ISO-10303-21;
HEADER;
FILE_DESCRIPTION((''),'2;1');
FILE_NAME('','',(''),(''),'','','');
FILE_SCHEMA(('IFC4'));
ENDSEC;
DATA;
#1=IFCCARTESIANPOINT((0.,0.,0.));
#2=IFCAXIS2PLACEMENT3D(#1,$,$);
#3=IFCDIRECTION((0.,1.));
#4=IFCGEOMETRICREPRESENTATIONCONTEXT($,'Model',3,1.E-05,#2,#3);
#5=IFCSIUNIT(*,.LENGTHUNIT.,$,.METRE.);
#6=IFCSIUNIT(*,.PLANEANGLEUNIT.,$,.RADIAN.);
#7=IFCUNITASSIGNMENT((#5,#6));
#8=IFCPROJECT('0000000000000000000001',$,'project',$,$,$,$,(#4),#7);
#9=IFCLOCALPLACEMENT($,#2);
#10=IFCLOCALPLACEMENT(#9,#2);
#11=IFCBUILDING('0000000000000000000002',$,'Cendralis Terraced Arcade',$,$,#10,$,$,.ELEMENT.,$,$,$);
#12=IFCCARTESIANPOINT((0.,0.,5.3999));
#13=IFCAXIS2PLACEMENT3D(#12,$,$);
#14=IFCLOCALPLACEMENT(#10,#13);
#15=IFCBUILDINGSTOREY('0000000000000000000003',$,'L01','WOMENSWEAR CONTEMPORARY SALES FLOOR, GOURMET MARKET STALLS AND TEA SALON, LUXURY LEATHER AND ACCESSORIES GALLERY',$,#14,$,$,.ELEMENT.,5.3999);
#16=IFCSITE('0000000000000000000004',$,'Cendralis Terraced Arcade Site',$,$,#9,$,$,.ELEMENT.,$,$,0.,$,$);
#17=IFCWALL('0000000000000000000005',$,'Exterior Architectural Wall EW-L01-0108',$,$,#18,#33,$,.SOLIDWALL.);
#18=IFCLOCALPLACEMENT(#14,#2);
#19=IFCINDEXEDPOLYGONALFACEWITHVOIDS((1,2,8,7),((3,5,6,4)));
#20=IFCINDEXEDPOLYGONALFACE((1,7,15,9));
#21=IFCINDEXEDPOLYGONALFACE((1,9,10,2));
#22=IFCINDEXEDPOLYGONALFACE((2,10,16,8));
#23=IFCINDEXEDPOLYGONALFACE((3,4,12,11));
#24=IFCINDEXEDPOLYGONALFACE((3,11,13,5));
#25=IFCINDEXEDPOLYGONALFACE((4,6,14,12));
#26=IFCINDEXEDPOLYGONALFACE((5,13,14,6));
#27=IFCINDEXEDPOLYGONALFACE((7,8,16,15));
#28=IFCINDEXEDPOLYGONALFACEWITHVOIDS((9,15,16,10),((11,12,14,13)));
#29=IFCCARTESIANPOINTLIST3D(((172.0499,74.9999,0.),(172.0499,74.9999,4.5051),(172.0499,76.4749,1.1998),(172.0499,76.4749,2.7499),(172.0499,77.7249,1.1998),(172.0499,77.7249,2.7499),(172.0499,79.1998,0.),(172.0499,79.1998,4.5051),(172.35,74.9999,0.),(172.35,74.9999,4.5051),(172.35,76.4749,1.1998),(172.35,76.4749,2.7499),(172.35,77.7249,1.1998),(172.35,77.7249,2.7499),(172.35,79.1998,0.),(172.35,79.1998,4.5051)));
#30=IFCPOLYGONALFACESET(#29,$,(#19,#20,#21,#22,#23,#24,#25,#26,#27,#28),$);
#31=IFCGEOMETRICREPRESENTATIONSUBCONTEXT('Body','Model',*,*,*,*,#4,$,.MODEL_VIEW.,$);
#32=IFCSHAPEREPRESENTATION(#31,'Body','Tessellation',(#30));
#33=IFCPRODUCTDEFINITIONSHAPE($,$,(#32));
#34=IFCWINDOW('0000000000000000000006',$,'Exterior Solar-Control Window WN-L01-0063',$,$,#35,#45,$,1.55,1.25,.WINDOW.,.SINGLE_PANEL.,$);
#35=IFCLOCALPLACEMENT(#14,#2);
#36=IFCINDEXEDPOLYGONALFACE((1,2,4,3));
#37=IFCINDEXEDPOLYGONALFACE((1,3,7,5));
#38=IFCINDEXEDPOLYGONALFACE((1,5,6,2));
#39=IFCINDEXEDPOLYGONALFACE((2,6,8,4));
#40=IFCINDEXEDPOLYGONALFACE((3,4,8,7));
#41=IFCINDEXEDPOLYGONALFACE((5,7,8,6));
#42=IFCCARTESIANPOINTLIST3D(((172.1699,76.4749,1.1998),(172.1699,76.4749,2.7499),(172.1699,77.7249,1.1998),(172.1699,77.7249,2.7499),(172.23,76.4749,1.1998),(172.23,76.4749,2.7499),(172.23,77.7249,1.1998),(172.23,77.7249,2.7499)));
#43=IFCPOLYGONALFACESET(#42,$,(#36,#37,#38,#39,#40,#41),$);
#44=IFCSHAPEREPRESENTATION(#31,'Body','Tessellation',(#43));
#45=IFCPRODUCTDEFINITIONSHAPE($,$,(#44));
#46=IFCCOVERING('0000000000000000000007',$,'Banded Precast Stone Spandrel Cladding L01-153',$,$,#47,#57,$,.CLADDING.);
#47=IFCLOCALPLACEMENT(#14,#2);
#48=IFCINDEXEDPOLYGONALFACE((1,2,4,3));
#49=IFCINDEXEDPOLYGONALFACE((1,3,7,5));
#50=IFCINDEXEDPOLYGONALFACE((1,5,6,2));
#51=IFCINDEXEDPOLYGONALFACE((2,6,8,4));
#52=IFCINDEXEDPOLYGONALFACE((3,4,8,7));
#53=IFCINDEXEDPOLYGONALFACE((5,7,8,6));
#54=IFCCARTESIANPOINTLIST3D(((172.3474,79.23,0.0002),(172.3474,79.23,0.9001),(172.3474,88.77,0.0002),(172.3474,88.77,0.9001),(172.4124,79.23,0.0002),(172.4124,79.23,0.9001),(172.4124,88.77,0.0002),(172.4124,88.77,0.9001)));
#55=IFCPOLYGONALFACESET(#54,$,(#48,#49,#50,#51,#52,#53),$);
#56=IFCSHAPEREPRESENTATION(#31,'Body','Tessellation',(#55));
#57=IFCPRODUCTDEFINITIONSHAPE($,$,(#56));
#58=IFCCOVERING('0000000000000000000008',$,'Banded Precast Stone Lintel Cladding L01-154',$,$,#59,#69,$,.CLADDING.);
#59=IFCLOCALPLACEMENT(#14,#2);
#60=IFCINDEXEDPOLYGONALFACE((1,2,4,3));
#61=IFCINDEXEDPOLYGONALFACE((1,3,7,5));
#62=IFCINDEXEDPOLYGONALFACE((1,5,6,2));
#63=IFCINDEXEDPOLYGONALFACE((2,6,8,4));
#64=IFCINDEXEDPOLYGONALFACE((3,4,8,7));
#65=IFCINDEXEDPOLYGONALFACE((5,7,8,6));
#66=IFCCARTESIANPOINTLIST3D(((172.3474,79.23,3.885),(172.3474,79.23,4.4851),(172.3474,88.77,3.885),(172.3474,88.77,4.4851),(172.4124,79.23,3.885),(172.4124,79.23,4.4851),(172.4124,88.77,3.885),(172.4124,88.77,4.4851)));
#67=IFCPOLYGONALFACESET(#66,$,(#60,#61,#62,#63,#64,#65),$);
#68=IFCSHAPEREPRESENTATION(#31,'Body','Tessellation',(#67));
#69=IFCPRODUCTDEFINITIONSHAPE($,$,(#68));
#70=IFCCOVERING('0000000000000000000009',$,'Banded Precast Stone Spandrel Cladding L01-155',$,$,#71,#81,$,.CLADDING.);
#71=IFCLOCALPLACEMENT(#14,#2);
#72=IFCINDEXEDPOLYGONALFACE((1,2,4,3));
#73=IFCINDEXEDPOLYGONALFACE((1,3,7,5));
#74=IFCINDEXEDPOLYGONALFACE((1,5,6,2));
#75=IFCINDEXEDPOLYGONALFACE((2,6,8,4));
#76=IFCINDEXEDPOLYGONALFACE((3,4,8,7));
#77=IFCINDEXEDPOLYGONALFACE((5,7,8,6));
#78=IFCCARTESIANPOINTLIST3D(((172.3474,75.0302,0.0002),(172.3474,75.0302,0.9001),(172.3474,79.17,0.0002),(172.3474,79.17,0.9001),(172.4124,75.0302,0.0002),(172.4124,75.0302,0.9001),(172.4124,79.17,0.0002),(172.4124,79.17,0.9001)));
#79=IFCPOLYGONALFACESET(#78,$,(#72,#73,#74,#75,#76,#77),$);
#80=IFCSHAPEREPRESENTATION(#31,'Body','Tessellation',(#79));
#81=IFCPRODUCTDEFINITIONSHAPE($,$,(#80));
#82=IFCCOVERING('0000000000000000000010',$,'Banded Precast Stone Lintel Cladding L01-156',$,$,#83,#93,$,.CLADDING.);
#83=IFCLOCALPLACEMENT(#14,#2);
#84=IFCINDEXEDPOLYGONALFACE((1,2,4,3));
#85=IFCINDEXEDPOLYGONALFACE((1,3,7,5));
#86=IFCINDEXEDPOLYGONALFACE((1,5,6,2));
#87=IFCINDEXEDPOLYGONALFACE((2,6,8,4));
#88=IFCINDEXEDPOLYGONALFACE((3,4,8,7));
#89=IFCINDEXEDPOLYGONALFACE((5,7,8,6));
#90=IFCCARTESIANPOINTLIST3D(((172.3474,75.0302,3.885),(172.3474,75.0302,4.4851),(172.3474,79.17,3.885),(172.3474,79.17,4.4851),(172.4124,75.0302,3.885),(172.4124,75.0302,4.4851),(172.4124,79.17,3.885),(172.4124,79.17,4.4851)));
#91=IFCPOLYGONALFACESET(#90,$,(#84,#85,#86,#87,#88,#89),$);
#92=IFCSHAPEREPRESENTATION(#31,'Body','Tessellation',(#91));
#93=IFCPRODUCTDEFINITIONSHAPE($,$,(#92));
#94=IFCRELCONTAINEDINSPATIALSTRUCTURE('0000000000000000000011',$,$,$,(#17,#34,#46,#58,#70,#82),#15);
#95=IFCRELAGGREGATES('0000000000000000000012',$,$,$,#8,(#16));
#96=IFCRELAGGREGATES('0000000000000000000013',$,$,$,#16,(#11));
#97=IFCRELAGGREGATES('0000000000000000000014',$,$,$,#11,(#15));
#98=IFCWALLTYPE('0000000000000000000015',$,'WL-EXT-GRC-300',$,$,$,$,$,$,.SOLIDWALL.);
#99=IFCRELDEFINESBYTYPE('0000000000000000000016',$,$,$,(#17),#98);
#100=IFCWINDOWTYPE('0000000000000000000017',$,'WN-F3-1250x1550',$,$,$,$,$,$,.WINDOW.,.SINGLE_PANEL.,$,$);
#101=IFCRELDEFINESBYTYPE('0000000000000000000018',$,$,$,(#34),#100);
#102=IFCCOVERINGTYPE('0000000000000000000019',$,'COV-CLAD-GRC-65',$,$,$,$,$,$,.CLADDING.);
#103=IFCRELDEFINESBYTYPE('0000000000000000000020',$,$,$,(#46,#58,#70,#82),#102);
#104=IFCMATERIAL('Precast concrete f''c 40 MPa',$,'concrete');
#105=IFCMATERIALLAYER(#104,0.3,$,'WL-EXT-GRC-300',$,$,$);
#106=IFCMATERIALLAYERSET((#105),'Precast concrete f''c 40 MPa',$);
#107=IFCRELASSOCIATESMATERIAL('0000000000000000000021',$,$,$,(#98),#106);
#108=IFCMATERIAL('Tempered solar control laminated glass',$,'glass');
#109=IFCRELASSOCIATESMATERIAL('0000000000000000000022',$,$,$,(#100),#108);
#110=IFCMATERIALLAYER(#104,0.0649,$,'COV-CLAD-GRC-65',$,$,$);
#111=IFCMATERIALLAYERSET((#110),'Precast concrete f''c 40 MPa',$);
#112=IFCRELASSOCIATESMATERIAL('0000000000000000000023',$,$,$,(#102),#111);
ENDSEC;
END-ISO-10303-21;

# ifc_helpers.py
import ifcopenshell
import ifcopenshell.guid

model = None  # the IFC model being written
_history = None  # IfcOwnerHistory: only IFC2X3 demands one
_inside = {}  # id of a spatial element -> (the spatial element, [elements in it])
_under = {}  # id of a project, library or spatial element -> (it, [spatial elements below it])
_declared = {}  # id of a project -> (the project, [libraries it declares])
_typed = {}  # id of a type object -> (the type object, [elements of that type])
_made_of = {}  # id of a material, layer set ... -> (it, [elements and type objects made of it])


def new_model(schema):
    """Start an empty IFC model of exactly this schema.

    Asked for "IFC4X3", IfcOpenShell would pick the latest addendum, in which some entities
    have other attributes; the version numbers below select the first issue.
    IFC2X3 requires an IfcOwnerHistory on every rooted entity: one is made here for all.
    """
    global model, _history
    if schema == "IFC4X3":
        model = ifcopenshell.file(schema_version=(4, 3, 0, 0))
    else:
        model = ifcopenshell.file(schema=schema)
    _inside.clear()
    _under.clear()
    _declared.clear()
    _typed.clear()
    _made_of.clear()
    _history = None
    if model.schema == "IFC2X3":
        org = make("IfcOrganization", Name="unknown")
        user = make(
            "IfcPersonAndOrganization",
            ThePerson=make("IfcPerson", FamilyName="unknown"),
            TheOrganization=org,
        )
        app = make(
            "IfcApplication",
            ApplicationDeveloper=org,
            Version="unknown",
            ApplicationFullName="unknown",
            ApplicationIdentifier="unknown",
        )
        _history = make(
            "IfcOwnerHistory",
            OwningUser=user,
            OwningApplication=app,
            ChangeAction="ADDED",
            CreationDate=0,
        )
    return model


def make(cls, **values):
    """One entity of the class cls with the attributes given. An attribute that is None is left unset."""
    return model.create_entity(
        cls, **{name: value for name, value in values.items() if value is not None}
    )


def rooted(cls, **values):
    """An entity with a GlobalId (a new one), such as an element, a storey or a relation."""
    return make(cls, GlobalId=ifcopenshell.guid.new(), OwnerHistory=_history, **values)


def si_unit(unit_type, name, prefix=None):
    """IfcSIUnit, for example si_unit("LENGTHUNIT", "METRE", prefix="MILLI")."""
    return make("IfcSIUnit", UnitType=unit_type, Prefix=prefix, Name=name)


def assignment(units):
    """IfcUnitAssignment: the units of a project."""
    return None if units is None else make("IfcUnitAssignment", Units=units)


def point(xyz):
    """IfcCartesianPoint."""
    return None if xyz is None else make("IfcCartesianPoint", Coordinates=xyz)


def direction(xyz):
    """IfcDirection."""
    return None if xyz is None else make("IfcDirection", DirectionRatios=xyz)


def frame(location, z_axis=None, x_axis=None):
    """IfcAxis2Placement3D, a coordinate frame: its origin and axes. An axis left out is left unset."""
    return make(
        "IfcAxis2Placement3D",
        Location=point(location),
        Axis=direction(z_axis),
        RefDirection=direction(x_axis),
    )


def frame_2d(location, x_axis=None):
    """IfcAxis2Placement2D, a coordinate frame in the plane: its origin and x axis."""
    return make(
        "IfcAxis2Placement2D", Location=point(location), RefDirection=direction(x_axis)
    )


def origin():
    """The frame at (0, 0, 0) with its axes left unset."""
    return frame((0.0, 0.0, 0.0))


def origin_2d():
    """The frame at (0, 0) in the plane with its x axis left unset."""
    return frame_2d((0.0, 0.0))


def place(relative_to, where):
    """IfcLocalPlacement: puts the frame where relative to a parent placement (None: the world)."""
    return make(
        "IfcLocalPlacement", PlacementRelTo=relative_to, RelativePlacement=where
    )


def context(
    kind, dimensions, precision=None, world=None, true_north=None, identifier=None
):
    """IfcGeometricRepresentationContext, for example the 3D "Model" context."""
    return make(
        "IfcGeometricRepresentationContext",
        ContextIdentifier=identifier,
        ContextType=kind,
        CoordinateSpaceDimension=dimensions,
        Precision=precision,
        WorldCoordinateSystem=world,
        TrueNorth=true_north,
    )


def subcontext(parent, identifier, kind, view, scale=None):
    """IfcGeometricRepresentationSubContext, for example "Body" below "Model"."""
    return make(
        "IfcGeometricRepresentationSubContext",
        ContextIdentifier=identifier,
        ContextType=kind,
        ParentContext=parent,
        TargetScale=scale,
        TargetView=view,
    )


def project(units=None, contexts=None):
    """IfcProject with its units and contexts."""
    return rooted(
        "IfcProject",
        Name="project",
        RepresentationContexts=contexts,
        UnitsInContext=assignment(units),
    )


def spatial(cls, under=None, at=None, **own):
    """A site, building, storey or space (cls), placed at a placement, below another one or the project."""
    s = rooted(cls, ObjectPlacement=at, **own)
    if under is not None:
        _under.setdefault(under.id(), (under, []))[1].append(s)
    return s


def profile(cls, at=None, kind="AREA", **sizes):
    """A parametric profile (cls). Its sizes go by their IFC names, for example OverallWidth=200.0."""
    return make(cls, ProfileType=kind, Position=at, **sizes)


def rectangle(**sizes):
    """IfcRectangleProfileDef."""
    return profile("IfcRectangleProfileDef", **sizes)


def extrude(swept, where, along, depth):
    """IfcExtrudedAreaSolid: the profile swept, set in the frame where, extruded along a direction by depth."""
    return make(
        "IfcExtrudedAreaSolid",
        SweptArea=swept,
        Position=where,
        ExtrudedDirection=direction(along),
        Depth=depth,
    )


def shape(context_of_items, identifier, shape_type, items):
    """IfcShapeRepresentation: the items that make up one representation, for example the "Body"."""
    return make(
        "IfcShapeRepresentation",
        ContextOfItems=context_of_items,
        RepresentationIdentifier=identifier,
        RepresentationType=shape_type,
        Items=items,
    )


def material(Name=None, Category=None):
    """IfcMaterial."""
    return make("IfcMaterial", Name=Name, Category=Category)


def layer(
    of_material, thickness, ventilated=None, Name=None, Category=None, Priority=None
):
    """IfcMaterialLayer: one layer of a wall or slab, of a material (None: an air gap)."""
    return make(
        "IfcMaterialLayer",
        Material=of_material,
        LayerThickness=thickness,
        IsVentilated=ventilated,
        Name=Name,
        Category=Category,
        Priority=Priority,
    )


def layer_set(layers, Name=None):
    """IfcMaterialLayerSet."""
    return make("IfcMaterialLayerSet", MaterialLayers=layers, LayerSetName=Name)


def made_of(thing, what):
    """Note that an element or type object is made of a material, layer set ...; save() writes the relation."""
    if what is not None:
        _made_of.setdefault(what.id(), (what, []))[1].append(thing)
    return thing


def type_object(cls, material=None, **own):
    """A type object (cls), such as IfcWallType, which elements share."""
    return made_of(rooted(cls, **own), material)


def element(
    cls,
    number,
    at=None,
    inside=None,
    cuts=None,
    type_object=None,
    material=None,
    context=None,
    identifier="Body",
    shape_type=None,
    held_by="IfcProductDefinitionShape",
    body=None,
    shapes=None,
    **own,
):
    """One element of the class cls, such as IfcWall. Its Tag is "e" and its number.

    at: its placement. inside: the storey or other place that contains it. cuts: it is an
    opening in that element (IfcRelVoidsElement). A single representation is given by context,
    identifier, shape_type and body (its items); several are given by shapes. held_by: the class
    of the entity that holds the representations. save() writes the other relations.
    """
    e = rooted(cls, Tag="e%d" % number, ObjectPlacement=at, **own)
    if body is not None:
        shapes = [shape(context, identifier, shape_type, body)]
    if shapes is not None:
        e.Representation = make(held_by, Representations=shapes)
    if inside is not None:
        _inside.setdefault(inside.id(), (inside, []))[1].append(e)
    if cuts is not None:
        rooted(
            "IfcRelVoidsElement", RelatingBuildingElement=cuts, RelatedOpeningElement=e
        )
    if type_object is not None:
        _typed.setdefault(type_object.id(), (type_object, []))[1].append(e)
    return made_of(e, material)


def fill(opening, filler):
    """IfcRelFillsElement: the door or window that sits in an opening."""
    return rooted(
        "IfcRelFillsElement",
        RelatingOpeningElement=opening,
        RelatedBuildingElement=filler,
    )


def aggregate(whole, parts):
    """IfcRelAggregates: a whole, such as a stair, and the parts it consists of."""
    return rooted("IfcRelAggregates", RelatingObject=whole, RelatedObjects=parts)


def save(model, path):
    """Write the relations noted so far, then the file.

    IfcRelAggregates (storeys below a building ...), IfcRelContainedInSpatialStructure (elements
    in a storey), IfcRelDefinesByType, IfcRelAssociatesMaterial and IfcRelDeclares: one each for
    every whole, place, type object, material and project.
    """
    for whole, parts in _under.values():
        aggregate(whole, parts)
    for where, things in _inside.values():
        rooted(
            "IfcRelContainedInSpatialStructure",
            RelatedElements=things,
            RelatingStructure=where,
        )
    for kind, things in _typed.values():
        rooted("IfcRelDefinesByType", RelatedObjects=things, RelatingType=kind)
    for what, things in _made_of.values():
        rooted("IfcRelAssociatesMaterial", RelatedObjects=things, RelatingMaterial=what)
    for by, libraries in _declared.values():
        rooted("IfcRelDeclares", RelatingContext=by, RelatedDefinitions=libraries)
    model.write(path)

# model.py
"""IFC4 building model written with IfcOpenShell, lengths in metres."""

from ifc_helpers import new_model, si_unit, direction, frame, frame_2d, origin, origin_2d, place, context, subcontext, project, spatial, rectangle, extrude, material, layer, layer_set, type_object, element, fill, save


model = new_model("IFC4")

# Units and contexts
model_context = context("Model", 3, precision=1e-05, world=origin(), true_north=direction((0.0, 1.0)))
body_context = subcontext(model_context, "Body", "Model", "MODEL_VIEW")
ifc_project = project(units=[si_unit("LENGTHUNIT", "METRE"), si_unit("PLANEANGLEUNIT", "RADIAN")], contexts=[model_context])

# Site, building, storey
site_placement = place(None, origin())
site = spatial("IfcSite", under=ifc_project, at=site_placement, Name="Cendralis Terraced Arcade Site", CompositionType="ELEMENT", RefElevation=0.0)
building_placement = place(site_placement, origin())
building = spatial("IfcBuilding", under=site, at=building_placement, Name="Cendralis Terraced Arcade", CompositionType="ELEMENT")
storey_placement = place(building_placement, frame((0.0, 0.0, 5.3999)))
storey = spatial("IfcBuildingStorey", under=building, at=storey_placement, Name="L01", Description="WOMENSWEAR CONTEMPORARY SALES FLOOR, GOURMET MARKET STALLS AND TEA SALON, LUXURY LEATHER AND ACCESSORIES GALLERY", CompositionType="ELEMENT", Elevation=5.3999)

# Shared definitions
ifc_material_1 = material(Name="Tempered solar control laminated glass", Category="glass")

# Wall, opening, window
ifc_material_2 = material(Name="Precast concrete f'c 40 MPa", Category="concrete")
ifc_layer_1 = layer(ifc_material_2, 0.3, Name="WL-EXT-GRC-300")
ifc_layer_set_1 = layer_set([ifc_layer_1], Name="Precast concrete f'c 40 MPa")
wall_type = type_object("IfcWallType", Name="WL-EXT-GRC-300", PredefinedType="SOLIDWALL", material=ifc_layer_set_1)
wall_placement = place(storey_placement, frame((172.2, 79.2, 0.0), z_axis=(0.0, 0.0, 1.0), x_axis=(0.0, -1.0, 0.0)))
wall = element("IfcWall", 1, at=wall_placement, inside=storey, type_object=wall_type, Name="Exterior Architectural Wall EW-L01-0108", PredefinedType="SOLIDWALL", context=body_context, shape_type="SweptSolid", body=[
    extrude(rectangle(XDim=4.2, YDim=0.3, at=frame_2d((2.1001, 0.0))), origin(), (0.0, 0.0, 1.0), 4.5051),
])
opening_placement = place(wall_placement, frame((1.4751, 0.0, 1.2)))
opening = element("IfcOpeningElement", 2, at=opening_placement, cuts=wall, PredefinedType="OPENING", context=body_context, shape_type="SweptSolid", body=[
    extrude(rectangle(XDim=1.25, YDim=1.55, at=frame_2d((0.625, 0.7749))), frame((0.0, 0.1621, 0.0), z_axis=(0.0, -1.0, 0.0), x_axis=(1.0, 0.0, 0.0)), (0.0, 0.0, 1.0), 0.324),
])
window_type = type_object("IfcWindowType", Name="WN-F3-1250x1550", PartitioningType="SINGLE_PANEL", PredefinedType="WINDOW", material=ifc_material_1)
window_placement = place(opening_placement, origin())
window = element("IfcWindow", 3, at=window_placement, inside=storey, type_object=window_type, Name="Exterior Solar-Control Window WN-L01-0063", OverallHeight=1.55, OverallWidth=1.25, PartitioningType="SINGLE_PANEL", PredefinedType="WINDOW", context=body_context, shape_type="SweptSolid", body=[
    extrude(rectangle(XDim=1.25, YDim=1.55, at=frame_2d((0.625, 0.7749))), frame((0.0, 0.03, 0.0), z_axis=(0.0, -1.0, 0.0), x_axis=(1.0, 0.0, 0.0)), (0.0, 0.0, 1.0), 0.0601),
])
fill(opening, window)

# Coverings
ifc_layer_2 = layer(ifc_material_2, 0.0649, Name="COV-CLAD-GRC-65")
ifc_layer_set_2 = layer_set([ifc_layer_2], Name="Precast concrete f'c 40 MPa")
covering_type = type_object("IfcCoveringType", Name="COV-CLAD-GRC-65", PredefinedType="CLADDING", material=ifc_layer_set_2)
covering_1_placement = place(storey_placement, frame((172.3799, 84.0, 0.0002), z_axis=(0.0, 0.0, 1.0), x_axis=(0.0, -1.0, 0.0)))
element("IfcCovering", 4, at=covering_1_placement, inside=storey, type_object=covering_type, Name="Banded Precast Stone Spandrel Cladding L01-153", PredefinedType="CLADDING", context=body_context, shape_type="SweptSolid", body=[
    extrude(rectangle(XDim=9.54, YDim=0.0649, at=origin_2d()), origin(), (0.0, 0.0, 1.0), 0.8999),
])
covering_2_placement = place(storey_placement, frame((172.3799, 84.0, 3.885), z_axis=(0.0, 0.0, 1.0), x_axis=(0.0, -1.0, 0.0)))
element("IfcCovering", 5, at=covering_2_placement, inside=storey, type_object=covering_type, Name="Banded Precast Stone Lintel Cladding L01-154", PredefinedType="CLADDING", context=body_context, shape_type="SweptSolid", body=[
    extrude(rectangle(XDim=9.54, YDim=0.0649, at=origin_2d()), origin(), (0.0, 0.0, 1.0), 0.6001),
])
covering_3_placement = place(storey_placement, frame((172.3799, 77.1001, 0.0002), z_axis=(0.0, 0.0, 1.0), x_axis=(0.0, -1.0, 0.0)))
element("IfcCovering", 6, at=covering_3_placement, inside=storey, type_object=covering_type, Name="Banded Precast Stone Spandrel Cladding L01-155", PredefinedType="CLADDING", context=body_context, shape_type="SweptSolid", body=[
    extrude(rectangle(XDim=4.1399, YDim=0.0649, at=origin_2d()), origin(), (0.0, 0.0, 1.0), 0.8999),
])
covering_4_placement = place(storey_placement, frame((172.3799, 77.1001, 3.885), z_axis=(0.0, 0.0, 1.0), x_axis=(0.0, -1.0, 0.0)))
element("IfcCovering", 7, at=covering_4_placement, inside=storey, type_object=covering_type, Name="Banded Precast Stone Lintel Cladding L01-156", PredefinedType="CLADDING", context=body_context, shape_type="SweptSolid", body=[
    extrude(rectangle(XDim=4.1399, YDim=0.0649, at=origin_2d()), origin(), (0.0, 0.0, 1.0), 0.6001),
])

save(model, "model.ifc")
